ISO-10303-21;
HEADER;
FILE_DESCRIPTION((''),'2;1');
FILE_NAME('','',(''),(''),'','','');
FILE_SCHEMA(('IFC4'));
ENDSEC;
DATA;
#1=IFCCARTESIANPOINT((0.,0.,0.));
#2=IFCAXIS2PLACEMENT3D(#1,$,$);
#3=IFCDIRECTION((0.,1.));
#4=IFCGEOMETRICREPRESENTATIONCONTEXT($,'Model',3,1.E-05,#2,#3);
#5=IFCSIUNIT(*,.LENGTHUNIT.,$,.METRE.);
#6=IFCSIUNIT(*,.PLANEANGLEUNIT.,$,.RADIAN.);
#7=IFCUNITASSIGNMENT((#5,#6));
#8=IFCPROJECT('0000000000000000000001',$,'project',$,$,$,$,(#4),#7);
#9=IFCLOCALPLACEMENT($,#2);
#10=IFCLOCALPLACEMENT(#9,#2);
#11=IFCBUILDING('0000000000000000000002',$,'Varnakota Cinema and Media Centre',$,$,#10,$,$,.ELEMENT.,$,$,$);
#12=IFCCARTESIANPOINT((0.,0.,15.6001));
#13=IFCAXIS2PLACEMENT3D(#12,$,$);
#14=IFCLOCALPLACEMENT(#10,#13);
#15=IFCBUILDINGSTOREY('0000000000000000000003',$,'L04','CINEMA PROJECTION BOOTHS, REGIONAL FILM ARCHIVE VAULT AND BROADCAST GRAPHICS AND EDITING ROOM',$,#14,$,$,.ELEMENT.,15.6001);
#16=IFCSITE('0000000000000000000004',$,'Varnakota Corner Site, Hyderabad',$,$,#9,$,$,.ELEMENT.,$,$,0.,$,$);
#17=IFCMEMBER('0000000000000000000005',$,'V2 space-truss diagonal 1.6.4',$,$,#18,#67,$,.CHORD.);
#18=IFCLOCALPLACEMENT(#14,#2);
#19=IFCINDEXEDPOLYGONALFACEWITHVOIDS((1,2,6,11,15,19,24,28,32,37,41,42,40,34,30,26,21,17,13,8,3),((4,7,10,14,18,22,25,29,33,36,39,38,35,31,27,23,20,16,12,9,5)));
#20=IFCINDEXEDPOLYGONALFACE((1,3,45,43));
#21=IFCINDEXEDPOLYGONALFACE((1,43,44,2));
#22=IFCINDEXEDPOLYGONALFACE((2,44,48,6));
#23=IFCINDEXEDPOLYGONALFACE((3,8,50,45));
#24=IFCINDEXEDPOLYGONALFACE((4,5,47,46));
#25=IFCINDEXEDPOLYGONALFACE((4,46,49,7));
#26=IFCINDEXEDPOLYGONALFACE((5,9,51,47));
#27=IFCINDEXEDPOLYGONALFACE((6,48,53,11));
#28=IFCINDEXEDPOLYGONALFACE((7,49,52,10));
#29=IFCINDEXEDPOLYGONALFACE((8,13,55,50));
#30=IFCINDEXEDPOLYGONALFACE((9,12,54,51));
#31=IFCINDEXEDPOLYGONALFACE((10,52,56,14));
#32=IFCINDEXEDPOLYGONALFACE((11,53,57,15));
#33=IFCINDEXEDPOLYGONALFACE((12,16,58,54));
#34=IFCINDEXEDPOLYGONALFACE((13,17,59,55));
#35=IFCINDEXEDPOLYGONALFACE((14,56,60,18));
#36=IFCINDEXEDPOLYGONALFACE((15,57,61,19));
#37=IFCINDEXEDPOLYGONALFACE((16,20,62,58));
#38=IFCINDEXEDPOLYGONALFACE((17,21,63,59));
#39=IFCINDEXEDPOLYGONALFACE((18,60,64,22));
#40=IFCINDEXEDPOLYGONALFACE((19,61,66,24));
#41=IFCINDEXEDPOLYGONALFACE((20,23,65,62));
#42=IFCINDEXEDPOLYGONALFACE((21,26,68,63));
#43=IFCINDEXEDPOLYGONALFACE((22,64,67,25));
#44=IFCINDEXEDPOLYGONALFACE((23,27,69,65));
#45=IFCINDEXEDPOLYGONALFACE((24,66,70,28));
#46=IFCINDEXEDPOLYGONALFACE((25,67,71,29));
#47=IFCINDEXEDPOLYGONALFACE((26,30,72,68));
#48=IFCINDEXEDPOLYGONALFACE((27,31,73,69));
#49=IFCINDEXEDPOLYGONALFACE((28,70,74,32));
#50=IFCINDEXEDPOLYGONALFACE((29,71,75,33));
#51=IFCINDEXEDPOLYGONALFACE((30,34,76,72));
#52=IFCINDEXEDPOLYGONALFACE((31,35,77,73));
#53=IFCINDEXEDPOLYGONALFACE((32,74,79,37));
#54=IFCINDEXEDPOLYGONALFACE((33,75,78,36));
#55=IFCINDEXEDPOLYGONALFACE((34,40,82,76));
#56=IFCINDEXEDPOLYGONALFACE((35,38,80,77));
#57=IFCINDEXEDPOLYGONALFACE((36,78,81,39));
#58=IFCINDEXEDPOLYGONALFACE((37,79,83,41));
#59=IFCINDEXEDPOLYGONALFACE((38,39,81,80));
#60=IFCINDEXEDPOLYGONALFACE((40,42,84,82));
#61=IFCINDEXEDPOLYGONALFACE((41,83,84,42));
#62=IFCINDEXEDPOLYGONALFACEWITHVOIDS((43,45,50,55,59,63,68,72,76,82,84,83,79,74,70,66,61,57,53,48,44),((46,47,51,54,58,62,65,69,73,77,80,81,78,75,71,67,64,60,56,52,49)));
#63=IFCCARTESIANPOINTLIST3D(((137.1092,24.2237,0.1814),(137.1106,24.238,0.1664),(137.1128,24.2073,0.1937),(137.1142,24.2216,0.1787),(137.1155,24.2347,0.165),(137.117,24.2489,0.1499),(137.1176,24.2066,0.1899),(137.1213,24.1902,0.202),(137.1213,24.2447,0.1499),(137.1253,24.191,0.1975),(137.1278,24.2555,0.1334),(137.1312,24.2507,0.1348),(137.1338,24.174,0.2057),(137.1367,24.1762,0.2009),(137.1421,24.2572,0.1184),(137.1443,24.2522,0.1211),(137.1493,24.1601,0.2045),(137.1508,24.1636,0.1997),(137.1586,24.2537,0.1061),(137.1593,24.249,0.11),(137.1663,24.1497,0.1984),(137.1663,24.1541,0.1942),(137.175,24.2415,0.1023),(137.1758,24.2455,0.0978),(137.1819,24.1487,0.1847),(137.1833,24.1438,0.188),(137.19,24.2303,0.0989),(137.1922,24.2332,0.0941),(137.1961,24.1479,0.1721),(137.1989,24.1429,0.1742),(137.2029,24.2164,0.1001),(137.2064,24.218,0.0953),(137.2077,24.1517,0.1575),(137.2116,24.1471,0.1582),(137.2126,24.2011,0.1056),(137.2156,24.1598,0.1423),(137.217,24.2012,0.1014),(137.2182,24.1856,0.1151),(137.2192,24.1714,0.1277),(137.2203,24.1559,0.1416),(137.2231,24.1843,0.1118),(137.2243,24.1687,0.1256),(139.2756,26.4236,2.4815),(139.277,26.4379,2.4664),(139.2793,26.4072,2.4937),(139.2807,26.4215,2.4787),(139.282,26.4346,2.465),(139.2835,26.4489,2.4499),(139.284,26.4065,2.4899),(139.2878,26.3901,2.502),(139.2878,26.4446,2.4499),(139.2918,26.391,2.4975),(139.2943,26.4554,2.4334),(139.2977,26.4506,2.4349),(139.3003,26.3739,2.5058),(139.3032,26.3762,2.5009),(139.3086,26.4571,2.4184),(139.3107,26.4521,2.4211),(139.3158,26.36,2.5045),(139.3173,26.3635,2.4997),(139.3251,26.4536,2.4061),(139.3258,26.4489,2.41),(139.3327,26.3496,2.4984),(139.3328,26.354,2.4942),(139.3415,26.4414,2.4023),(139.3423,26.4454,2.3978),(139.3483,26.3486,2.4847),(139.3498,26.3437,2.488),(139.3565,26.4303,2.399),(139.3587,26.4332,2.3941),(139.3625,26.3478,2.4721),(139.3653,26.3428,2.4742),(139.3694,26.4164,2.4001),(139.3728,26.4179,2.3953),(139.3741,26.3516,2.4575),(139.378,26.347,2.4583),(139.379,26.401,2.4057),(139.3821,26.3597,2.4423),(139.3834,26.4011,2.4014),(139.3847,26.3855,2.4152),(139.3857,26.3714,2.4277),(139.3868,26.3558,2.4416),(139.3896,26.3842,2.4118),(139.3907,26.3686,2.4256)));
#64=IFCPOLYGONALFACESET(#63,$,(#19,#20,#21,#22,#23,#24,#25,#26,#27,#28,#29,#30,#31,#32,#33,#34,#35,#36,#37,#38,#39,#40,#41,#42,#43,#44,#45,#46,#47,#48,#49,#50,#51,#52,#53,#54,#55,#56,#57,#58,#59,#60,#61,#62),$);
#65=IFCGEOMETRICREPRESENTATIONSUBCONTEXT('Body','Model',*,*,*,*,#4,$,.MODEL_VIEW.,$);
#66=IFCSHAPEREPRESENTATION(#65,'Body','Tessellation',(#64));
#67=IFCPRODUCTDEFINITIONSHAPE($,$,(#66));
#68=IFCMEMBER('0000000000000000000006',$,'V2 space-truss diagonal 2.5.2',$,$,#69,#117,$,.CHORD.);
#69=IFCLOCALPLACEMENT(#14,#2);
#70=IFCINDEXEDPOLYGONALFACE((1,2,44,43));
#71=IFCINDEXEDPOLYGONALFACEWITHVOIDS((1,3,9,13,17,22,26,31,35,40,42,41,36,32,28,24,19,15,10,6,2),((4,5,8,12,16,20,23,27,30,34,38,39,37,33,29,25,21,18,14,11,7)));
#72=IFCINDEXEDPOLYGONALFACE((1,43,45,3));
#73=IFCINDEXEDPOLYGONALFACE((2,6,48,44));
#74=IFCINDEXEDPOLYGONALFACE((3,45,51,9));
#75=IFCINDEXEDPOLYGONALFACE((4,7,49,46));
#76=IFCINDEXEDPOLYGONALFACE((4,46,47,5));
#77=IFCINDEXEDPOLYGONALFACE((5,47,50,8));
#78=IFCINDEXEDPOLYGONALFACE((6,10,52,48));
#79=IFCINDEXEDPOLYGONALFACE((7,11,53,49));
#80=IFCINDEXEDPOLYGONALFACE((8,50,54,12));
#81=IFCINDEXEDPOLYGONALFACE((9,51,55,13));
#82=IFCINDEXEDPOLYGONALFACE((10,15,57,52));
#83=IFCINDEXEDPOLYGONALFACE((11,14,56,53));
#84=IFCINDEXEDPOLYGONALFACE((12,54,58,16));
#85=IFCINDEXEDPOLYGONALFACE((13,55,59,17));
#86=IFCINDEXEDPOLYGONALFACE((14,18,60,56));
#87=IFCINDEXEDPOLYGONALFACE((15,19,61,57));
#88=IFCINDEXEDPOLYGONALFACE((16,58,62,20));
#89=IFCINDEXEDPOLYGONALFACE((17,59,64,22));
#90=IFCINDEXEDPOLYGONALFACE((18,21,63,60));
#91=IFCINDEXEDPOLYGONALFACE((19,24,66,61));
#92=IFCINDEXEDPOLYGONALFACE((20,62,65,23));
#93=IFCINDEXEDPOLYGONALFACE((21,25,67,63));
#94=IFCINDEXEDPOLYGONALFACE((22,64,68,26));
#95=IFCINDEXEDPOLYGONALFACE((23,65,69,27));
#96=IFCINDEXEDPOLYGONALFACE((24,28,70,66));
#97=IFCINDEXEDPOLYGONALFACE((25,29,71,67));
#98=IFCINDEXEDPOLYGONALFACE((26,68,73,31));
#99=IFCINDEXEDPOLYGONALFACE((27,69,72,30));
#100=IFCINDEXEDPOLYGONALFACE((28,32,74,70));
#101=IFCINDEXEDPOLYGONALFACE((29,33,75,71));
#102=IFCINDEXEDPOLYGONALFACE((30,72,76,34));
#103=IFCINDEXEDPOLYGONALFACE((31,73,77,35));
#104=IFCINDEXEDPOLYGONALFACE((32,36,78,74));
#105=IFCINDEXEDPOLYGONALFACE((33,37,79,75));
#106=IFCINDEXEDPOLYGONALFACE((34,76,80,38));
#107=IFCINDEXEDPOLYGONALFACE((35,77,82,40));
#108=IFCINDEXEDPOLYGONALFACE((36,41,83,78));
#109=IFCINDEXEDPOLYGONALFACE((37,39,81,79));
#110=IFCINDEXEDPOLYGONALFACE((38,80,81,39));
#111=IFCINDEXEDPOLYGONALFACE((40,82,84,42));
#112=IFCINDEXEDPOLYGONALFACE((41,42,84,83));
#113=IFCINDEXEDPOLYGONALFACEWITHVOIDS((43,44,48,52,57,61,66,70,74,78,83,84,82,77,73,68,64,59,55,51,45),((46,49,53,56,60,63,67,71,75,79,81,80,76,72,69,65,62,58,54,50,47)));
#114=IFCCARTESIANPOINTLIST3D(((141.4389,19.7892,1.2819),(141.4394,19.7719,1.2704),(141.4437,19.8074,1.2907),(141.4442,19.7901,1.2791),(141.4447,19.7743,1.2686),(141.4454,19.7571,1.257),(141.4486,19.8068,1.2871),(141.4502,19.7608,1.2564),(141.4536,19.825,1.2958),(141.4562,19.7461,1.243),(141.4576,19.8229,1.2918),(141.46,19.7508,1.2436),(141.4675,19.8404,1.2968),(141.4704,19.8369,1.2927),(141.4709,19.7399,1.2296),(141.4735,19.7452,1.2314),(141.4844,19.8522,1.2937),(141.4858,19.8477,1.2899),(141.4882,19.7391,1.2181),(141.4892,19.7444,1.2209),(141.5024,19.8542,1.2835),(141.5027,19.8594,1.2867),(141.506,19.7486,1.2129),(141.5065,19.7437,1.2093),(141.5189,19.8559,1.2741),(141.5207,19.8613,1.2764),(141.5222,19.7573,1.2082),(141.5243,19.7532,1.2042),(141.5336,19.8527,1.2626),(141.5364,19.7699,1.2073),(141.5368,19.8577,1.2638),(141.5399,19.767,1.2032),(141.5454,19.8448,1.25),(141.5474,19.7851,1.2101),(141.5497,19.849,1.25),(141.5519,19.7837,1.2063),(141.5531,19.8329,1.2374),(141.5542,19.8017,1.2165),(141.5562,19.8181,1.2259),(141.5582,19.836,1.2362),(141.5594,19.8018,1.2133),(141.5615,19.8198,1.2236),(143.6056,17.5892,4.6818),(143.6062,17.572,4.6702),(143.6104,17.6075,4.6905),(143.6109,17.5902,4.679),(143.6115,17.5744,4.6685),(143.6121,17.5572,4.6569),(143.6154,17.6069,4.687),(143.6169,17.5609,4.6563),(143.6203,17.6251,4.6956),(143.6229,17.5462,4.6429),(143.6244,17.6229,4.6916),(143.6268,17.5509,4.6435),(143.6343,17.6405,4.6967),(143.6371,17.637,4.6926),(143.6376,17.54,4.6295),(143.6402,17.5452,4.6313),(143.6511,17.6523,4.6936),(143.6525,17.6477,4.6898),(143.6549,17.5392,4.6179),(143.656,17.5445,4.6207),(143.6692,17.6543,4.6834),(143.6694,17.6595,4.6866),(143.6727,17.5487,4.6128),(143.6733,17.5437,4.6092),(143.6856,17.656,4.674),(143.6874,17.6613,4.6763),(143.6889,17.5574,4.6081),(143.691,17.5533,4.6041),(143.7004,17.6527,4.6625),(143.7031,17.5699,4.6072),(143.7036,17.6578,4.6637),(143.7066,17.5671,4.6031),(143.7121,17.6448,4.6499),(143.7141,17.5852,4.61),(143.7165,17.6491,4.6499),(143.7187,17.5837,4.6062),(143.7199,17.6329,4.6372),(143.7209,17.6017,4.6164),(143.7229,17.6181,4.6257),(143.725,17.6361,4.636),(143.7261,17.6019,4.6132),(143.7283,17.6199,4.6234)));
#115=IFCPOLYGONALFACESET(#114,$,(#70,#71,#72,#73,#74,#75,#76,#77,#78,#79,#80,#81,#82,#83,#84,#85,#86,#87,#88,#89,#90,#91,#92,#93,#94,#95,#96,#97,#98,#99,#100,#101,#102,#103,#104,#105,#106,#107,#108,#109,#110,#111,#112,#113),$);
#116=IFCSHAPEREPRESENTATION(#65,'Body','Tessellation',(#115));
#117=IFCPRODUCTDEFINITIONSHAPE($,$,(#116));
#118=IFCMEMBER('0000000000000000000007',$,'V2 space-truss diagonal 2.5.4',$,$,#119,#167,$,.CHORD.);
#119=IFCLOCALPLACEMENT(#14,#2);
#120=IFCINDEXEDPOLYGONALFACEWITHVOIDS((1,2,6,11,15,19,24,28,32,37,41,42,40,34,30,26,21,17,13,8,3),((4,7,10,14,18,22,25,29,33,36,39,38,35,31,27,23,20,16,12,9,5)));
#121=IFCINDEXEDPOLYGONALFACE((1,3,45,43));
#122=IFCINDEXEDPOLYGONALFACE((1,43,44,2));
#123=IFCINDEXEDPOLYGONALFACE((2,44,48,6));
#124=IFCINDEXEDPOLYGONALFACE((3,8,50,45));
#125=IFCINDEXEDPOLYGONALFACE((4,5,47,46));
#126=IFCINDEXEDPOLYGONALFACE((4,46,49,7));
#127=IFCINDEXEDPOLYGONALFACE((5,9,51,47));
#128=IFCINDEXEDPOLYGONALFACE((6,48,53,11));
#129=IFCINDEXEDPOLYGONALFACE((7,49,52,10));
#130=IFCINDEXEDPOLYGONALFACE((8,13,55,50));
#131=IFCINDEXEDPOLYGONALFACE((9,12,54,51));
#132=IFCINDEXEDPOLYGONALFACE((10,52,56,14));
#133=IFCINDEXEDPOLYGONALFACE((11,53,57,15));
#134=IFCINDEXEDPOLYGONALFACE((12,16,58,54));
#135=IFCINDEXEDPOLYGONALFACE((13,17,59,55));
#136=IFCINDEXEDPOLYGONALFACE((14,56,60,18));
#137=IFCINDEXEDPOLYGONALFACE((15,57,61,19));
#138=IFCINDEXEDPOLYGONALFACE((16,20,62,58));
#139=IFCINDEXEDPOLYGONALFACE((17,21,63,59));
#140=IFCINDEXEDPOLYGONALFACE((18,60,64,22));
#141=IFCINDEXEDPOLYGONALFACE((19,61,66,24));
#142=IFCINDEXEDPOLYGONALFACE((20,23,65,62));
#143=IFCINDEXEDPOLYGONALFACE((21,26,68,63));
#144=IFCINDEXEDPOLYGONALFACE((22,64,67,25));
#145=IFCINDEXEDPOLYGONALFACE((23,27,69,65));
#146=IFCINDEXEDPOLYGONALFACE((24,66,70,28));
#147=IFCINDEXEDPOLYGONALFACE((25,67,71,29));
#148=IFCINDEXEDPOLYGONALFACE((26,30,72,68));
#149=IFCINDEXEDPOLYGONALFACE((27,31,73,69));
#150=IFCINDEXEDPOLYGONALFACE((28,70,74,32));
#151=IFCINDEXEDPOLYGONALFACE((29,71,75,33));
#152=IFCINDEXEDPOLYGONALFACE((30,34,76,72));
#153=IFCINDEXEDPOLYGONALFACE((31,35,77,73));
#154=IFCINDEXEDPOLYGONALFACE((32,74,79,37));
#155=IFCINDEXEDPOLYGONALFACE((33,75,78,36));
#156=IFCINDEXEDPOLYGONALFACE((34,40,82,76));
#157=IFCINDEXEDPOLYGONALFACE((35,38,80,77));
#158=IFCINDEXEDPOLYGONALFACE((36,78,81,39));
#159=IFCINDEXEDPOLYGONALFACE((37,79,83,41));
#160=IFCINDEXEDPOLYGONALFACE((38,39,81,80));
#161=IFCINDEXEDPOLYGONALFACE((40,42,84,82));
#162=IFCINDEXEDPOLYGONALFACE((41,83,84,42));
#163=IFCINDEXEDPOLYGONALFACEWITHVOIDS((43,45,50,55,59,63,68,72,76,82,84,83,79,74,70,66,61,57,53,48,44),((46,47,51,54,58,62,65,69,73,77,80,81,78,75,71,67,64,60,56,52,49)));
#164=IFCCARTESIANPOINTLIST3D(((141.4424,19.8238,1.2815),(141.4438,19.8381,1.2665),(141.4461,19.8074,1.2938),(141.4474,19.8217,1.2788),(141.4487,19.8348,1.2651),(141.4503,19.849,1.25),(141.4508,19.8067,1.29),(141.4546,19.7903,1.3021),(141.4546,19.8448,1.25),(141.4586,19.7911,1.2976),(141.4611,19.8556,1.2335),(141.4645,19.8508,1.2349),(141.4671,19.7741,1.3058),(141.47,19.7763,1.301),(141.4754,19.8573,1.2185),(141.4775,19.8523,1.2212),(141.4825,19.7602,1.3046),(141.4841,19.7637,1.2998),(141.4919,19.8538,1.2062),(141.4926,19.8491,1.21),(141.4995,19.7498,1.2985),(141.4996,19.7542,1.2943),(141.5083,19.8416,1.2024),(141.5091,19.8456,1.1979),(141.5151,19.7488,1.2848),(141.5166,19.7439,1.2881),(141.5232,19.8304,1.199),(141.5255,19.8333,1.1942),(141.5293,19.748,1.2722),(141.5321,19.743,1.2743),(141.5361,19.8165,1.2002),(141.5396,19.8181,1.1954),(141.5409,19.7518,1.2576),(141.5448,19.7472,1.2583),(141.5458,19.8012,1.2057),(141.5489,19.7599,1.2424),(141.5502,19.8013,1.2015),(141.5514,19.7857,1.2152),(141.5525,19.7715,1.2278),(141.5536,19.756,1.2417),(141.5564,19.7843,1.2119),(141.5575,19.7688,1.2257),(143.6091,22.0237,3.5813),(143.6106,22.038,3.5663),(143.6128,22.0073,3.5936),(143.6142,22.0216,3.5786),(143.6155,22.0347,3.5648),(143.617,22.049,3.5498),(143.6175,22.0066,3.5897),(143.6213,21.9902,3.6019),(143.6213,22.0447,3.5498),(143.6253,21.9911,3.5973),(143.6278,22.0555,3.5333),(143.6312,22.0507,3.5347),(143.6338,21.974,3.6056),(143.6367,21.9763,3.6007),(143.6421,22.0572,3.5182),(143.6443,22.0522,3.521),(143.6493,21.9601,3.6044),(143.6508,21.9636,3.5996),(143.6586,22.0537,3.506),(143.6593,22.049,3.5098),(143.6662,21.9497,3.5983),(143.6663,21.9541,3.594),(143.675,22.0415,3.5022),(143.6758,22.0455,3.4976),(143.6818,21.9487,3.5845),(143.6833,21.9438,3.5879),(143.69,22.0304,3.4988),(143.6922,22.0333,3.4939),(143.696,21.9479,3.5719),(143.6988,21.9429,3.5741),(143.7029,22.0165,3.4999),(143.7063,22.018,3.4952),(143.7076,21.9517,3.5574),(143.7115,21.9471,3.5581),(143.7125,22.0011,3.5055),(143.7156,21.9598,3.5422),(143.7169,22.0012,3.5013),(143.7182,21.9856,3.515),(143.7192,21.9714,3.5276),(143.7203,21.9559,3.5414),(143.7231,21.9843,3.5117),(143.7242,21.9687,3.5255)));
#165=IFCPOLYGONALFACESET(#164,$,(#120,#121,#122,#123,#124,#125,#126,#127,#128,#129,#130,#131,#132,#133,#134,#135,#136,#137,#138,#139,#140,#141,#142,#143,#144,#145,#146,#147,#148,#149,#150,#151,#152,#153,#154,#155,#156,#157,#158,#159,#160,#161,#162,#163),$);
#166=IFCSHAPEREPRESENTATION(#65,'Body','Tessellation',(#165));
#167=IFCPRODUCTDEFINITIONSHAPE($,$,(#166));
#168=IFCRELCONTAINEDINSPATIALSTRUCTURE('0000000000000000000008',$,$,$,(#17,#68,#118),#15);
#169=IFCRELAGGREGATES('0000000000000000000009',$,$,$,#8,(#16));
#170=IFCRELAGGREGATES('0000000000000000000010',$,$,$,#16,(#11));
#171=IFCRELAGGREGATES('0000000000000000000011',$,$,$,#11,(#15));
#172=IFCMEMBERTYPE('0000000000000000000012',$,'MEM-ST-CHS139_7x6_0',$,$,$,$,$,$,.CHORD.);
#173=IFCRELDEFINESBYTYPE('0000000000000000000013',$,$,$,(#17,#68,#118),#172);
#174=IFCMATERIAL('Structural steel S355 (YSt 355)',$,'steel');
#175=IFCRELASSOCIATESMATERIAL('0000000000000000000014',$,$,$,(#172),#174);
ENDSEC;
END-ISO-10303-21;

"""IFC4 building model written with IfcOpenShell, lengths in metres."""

from ifc_helpers import new_model, si_unit, direction, frame, origin, origin_2d, place, context, subcontext, project, spatial, hollow_circle, extrude, material, material_profile, profile_set, type_object, element, save


model = new_model("IFC4")

# Units and contexts
model_context = context("Model", 3, precision=1e-05, world=origin(), true_north=direction((0.0, 1.0)))
body_context = subcontext(model_context, "Body", "Model", "MODEL_VIEW")
ifc_project = project(units=[si_unit("LENGTHUNIT", "METRE"), si_unit("PLANEANGLEUNIT", "RADIAN")], contexts=[model_context])

# Site, building, storey
site_placement = place(None, origin())
site = spatial("IfcSite", under=ifc_project, at=site_placement, Name="Varnakota Corner Site, Hyderabad", CompositionType="ELEMENT", RefElevation=0.0)
building_placement = place(site_placement, origin())
building = spatial("IfcBuilding", under=site, at=building_placement, Name="Varnakota Cinema and Media Centre", CompositionType="ELEMENT")
storey_placement = place(building_placement, frame((0.0, 0.0, 15.6001)))
storey = spatial("IfcBuildingStorey", under=building, at=storey_placement, Name="L04", Description="CINEMA PROJECTION BOOTHS, REGIONAL FILM ARCHIVE VAULT AND BROADCAST GRAPHICS AND EDITING ROOM", CompositionType="ELEMENT", Elevation=15.6001)

# Members
ifc_material_1 = material(Name="Structural steel S355 (YSt 355)", Category="steel")
ifc_material_profile_1 = material_profile(ifc_material_1, hollow_circle(Radius=0.0698, WallThickness=0.0061, at=origin_2d()), Name="CHS 139.7x6.0")
ifc_profile_set_1 = profile_set([ifc_material_profile_1], Name="Structural steel S355 (YSt 355)")
member_type_1 = type_object("IfcMemberType", Name="MEM-ST-CHS139_7x6_0", PredefinedType="CHORD", material=ifc_profile_set_1)
member_1_placement = place(storey_placement, frame((137.1667, 24.2, 0.1499), z_axis=(0.562705, 0.571392, 0.59739), x_axis=(-0.712502, 0.70167, 0.0)))
element("IfcMember", 1, at=member_1_placement, inside=storey, type_object=member_type_1, Name="V2 space-truss diagonal 1.6.4", PredefinedType="CHORD", context=body_context, shape_type="SweptSolid", body=[
    extrude(hollow_circle(Radius=0.0698, WallThickness=0.0061, at=origin_2d()), origin(), (0.0, 0.0, 1.0), 3.8501),
])
member_2_placement = place(storey_placement, frame((141.5, 19.8, 1.25), z_axis=(0.471769, -0.478999, 0.740266), x_axis=(0.712463, 0.70171, 0.0)))
element("IfcMember", 2, at=member_2_placement, inside=storey, type_object=member_type_1, Name="V2 space-truss diagonal 2.5.2", PredefinedType="CHORD", context=body_context, shape_type="SweptSolid", body=[
    extrude(hollow_circle(Radius=0.0698, WallThickness=0.0061, at=origin_2d()), origin(), (0.0, 0.0, 1.0), 4.5928),
])
member_3_placement = place(storey_placement, frame((141.5, 19.8, 1.25), z_axis=(0.562769, 0.571393, 0.597328), x_axis=(-0.712463, 0.70171, 0.0)))
element("IfcMember", 3, at=member_3_placement, inside=storey, type_object=member_type_1, Name="V2 space-truss diagonal 2.5.4", PredefinedType="CHORD", context=body_context, shape_type="SweptSolid", body=[
    extrude(hollow_circle(Radius=0.0698, WallThickness=0.0061, at=origin_2d()), origin(), (0.0, 0.0, 1.0), 3.8501),
])

save(model, "model.ifc")
